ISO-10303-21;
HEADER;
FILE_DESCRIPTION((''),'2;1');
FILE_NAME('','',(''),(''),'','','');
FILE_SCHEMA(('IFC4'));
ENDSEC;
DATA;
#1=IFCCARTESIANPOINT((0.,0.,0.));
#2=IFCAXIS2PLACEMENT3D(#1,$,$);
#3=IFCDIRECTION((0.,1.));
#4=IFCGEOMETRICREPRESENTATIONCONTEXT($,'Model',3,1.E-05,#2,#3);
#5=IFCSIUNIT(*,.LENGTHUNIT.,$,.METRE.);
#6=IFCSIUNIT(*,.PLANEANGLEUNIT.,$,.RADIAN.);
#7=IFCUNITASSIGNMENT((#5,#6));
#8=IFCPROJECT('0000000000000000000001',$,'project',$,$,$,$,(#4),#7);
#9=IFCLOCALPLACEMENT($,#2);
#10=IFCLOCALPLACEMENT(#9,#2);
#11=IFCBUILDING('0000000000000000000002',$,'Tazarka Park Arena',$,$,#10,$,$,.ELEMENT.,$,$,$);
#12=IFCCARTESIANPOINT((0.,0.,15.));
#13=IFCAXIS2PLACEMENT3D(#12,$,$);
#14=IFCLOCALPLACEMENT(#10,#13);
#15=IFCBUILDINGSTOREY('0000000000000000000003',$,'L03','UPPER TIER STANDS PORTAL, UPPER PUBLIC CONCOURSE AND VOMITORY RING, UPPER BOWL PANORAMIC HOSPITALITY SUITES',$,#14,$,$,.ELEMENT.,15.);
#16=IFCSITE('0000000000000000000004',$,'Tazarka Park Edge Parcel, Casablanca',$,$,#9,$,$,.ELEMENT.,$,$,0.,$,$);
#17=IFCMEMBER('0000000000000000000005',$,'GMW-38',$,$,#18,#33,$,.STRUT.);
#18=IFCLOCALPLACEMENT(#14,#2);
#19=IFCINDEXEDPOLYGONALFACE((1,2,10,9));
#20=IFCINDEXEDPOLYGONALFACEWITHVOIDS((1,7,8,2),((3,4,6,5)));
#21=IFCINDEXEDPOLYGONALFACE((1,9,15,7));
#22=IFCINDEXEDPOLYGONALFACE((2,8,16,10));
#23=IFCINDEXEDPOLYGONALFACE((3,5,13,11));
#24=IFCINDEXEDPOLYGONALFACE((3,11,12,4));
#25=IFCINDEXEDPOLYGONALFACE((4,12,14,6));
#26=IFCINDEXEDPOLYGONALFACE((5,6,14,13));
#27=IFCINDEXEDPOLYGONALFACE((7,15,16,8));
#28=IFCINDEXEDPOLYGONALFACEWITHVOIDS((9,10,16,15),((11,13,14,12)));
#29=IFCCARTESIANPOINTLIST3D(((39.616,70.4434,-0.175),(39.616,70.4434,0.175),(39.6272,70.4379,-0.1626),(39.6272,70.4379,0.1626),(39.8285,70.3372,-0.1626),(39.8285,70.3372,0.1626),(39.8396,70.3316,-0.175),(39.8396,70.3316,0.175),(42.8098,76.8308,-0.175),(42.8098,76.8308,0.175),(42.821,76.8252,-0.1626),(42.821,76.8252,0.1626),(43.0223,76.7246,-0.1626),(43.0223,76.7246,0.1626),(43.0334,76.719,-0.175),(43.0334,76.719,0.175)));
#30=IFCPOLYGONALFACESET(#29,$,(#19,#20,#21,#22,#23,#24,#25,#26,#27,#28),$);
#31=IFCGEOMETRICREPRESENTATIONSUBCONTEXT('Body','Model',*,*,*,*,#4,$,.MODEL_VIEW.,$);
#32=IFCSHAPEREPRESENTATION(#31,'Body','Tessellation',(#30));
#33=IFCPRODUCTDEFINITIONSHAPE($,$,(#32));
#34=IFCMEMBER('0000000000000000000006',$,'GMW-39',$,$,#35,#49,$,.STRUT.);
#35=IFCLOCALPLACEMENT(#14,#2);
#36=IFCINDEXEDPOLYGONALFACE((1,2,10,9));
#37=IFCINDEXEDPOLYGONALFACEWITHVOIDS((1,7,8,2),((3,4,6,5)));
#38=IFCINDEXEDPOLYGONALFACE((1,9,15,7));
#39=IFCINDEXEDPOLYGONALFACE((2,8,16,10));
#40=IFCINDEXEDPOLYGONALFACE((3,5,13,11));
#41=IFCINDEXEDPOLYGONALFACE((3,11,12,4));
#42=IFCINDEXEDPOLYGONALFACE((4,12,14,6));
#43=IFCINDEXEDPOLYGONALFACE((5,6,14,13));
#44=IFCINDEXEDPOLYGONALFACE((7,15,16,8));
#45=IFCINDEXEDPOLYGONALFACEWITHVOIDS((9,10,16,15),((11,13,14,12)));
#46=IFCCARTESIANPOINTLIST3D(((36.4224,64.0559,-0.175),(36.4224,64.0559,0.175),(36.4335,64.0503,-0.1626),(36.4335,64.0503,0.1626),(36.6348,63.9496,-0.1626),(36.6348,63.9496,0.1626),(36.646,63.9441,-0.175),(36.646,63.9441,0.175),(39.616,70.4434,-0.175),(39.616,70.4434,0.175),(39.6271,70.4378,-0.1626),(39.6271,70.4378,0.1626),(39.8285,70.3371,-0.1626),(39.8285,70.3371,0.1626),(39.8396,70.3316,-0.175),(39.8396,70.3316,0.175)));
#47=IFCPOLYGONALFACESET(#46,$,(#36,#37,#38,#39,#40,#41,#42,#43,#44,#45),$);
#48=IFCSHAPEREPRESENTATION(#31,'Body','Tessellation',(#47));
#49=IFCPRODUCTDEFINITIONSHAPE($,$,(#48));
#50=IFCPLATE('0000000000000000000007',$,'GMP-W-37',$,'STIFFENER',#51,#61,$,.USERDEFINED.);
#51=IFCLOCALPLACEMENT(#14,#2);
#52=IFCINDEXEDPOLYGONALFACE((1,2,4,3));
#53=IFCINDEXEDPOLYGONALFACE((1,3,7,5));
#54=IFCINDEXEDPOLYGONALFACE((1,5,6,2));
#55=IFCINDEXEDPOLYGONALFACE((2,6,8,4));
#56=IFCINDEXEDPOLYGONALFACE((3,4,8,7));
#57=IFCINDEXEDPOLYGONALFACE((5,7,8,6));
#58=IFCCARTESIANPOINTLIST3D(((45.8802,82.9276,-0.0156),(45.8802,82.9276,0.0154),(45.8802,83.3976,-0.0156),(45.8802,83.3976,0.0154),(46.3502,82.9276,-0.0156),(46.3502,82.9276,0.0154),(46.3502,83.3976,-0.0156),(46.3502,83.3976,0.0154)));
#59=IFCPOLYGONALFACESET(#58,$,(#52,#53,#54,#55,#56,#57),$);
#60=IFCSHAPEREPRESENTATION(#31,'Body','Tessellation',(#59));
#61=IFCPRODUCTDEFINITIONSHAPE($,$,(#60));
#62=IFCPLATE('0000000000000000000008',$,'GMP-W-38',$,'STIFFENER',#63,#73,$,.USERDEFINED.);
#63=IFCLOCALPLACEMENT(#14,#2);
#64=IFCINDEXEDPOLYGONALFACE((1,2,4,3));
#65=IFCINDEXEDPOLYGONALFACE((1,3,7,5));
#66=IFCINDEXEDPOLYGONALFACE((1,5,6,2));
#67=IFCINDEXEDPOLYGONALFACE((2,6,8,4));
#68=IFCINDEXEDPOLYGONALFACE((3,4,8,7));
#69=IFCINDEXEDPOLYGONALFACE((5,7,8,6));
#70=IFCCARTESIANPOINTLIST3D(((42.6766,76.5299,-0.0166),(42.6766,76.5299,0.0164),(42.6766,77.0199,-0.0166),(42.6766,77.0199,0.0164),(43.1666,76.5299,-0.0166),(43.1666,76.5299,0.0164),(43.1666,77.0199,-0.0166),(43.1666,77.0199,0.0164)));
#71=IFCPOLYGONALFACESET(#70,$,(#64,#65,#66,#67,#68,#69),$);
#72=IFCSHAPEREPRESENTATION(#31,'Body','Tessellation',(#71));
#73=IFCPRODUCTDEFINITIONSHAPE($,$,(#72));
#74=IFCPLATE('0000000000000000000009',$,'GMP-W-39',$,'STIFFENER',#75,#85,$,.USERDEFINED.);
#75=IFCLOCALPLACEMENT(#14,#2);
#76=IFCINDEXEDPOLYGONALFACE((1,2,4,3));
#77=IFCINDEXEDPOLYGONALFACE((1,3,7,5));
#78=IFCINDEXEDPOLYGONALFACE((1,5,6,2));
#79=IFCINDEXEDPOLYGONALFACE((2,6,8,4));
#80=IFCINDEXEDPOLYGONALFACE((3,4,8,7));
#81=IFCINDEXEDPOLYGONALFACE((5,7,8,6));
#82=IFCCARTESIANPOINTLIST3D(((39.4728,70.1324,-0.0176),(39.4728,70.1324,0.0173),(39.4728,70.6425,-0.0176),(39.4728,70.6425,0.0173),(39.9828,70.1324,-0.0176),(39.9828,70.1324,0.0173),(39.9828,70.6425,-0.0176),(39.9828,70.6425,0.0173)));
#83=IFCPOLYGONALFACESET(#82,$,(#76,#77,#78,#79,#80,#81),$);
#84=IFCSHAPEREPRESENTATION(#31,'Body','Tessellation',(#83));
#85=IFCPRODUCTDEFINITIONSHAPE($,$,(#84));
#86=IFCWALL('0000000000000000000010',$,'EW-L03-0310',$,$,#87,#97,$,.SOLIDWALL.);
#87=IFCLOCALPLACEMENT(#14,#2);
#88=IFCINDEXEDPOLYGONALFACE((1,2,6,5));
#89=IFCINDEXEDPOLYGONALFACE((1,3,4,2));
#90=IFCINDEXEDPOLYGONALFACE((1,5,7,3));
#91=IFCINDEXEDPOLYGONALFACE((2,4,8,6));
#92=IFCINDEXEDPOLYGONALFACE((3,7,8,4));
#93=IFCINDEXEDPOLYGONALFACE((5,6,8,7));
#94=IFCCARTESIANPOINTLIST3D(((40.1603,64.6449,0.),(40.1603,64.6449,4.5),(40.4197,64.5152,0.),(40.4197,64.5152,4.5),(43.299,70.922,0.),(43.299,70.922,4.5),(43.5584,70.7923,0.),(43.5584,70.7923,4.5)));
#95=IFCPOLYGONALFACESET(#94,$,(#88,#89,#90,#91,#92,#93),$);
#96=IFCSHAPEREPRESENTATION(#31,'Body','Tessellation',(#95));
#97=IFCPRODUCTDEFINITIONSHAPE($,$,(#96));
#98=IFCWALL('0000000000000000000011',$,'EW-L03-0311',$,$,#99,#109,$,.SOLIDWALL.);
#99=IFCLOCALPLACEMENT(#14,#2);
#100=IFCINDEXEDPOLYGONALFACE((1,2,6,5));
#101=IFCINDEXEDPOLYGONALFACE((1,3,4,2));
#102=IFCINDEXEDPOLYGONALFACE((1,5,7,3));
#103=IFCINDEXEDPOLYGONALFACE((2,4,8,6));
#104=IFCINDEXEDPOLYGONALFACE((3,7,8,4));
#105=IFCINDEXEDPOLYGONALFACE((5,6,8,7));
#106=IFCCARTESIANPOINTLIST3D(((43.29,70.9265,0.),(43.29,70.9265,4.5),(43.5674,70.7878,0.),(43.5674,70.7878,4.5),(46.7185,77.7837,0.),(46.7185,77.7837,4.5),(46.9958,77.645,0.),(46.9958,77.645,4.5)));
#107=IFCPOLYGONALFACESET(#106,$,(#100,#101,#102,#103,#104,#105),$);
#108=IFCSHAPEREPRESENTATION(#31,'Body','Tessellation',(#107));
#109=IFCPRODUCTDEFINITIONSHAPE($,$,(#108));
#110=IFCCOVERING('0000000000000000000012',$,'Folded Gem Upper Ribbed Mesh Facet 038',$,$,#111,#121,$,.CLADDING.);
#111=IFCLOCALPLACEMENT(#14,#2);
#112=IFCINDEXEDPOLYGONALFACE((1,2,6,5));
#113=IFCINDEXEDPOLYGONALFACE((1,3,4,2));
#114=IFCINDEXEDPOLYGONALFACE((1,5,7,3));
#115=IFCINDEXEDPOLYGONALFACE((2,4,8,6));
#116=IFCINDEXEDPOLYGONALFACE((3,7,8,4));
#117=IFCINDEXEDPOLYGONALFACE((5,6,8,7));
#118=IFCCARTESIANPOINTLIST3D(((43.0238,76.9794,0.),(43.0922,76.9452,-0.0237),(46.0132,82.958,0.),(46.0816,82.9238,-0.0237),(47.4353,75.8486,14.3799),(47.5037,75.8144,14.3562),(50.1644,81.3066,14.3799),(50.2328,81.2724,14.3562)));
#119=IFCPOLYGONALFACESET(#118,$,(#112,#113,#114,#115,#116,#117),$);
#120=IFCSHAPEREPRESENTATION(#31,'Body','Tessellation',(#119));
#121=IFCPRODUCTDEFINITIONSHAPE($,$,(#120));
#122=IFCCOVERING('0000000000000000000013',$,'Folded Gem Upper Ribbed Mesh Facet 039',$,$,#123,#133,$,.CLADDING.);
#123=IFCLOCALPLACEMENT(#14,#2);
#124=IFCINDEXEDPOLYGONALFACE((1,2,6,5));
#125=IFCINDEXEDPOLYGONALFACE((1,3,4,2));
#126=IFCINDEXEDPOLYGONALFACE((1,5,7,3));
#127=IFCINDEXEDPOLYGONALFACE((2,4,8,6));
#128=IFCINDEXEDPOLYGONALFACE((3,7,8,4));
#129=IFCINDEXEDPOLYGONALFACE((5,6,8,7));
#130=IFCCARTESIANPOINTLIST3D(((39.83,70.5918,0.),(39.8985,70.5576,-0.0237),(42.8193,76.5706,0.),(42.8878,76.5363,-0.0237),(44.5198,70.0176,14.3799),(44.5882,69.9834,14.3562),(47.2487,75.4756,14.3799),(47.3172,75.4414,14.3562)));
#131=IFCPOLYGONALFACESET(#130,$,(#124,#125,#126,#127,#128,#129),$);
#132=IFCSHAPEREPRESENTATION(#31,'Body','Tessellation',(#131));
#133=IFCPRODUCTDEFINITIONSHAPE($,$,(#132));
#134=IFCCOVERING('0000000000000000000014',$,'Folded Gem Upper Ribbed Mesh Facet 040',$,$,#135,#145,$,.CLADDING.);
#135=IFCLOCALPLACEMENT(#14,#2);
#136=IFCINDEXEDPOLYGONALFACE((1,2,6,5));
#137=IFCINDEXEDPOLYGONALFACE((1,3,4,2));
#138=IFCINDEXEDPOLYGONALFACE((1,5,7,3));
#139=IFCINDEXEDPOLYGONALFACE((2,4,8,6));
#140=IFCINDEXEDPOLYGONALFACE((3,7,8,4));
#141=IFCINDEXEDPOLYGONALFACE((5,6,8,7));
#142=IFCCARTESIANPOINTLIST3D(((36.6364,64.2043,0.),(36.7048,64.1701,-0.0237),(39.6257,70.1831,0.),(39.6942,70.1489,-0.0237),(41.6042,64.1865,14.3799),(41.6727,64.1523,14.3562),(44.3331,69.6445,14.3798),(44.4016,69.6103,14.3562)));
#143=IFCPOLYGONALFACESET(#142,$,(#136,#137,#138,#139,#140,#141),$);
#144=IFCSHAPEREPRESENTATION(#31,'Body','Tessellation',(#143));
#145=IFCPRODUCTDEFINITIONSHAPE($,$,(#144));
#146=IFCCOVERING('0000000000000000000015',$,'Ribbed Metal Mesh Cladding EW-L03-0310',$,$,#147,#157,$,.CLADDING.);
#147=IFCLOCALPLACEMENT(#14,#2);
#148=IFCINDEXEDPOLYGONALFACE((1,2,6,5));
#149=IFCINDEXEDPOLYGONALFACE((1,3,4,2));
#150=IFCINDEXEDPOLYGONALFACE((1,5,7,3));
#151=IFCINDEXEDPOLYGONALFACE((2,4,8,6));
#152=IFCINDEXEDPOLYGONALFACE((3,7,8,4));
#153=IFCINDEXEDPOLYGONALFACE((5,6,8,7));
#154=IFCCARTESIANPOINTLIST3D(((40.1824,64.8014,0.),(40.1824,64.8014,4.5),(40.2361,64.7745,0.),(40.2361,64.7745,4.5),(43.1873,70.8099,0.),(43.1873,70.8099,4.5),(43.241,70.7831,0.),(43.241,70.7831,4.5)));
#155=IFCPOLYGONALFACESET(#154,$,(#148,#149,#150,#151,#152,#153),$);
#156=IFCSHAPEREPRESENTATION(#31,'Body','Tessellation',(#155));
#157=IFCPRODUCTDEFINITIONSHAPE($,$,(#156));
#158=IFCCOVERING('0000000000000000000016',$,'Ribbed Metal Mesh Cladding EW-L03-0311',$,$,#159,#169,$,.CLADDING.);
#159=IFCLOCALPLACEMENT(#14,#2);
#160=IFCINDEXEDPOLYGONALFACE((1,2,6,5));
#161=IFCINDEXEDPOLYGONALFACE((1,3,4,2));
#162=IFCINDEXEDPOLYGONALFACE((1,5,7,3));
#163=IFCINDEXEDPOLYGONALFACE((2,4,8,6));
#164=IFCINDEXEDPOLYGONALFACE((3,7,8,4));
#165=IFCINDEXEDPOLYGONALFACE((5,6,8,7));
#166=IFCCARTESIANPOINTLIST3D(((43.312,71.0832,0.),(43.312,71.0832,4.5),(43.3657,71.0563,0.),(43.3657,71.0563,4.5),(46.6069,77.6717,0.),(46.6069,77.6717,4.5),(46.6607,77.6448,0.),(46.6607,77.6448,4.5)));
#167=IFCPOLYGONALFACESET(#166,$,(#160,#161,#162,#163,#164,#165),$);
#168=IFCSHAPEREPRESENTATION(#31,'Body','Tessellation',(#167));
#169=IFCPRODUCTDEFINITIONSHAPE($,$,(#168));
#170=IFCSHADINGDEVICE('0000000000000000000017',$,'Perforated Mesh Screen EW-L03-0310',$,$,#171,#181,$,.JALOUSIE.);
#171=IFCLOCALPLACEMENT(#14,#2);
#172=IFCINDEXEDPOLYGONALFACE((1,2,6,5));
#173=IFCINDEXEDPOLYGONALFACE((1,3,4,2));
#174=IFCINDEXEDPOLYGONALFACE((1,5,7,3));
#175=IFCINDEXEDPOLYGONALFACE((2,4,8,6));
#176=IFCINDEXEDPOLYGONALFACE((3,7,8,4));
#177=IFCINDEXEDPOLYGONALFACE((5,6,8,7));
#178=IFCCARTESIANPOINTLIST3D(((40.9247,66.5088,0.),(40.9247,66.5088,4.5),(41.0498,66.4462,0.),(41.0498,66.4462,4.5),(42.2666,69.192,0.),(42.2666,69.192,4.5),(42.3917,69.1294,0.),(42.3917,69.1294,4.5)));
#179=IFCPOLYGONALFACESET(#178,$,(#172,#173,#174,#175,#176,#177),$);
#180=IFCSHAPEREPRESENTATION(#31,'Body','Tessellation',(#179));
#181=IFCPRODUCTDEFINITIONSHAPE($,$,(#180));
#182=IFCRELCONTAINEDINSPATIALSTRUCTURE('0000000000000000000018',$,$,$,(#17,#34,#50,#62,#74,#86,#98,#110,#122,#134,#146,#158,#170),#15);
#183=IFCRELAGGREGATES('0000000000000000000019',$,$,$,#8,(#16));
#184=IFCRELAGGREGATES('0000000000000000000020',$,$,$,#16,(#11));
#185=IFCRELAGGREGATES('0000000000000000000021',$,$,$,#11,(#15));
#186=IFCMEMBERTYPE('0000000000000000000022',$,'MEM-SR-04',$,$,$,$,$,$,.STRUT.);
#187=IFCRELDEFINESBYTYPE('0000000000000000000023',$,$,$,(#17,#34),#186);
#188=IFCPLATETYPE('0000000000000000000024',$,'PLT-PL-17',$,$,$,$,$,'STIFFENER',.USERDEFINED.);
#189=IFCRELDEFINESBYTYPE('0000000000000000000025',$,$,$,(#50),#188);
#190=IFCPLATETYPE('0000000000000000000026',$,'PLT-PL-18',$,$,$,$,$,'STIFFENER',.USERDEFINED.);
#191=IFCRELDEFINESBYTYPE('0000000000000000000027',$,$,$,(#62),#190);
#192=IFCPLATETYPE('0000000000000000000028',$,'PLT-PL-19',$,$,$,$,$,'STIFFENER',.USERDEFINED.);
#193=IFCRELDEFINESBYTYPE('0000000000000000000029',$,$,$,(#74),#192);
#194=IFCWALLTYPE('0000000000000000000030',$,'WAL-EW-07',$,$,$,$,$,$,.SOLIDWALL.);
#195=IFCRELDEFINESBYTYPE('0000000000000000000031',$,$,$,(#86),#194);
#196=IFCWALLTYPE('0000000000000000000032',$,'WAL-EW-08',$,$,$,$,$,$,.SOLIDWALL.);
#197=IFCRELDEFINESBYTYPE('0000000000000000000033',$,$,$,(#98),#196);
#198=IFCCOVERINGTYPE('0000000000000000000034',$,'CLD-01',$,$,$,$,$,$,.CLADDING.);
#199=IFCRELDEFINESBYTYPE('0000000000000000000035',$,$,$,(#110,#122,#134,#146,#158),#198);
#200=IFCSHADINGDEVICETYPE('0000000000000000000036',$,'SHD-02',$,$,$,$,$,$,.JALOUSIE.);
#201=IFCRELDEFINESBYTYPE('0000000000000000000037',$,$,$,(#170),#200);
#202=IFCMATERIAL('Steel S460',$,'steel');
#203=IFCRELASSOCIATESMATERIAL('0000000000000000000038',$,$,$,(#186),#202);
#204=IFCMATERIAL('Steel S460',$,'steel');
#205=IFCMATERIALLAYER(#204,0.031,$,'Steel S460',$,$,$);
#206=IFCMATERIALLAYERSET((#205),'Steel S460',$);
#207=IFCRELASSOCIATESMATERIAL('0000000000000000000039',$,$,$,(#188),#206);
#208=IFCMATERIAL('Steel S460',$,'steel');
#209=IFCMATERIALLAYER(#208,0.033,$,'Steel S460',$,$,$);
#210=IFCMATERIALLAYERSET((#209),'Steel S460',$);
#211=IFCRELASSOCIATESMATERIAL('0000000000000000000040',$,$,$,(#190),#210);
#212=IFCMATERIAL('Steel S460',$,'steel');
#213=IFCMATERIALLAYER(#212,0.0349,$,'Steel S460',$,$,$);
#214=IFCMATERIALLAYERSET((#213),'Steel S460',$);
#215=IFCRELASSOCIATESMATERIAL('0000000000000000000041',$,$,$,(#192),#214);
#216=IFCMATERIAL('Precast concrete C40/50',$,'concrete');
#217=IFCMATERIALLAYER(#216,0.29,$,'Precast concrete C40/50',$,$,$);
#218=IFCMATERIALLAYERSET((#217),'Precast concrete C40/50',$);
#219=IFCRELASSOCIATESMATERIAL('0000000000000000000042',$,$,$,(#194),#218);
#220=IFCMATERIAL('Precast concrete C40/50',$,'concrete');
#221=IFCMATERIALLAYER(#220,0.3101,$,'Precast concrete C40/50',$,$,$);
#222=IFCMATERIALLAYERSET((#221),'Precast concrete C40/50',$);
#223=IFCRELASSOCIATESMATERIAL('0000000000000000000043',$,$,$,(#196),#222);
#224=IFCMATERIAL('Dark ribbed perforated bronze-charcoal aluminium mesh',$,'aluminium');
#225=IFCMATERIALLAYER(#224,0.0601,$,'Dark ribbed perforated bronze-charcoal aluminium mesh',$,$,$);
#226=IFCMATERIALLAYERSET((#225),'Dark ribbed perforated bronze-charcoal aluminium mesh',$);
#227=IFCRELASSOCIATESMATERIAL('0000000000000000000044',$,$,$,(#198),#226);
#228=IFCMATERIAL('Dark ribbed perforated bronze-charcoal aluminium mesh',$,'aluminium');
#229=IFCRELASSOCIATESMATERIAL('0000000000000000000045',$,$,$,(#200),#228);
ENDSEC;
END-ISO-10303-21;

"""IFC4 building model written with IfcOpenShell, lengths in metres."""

from ifc_helpers import new_model, si_unit, direction, frame, frame_2d, origin, origin_2d, place, context, subcontext, project, spatial, polyline, rectangle, hollow_rectangle, outline, extrude, material, layer, layer_set, material_profile, profile_set, type_object, element, save


model = new_model("IFC4")

# Units and contexts
model_context = context("Model", 3, precision=1e-05, world=origin(), true_north=direction((0.0, 1.0)))
body_context = subcontext(model_context, "Body", "Model", "MODEL_VIEW")
ifc_project = project(units=[si_unit("LENGTHUNIT", "METRE"), si_unit("PLANEANGLEUNIT", "RADIAN")], contexts=[model_context])

# Site, building, storey
site_placement = place(None, origin())
site = spatial("IfcSite", under=ifc_project, at=site_placement, Name="Tazarka Park Edge Parcel, Casablanca", CompositionType="ELEMENT", RefElevation=0.0)
building_placement = place(site_placement, origin())
building = spatial("IfcBuilding", under=site, at=building_placement, Name="Tazarka Park Arena", CompositionType="ELEMENT")
storey_placement = place(building_placement, frame((0.0, 0.0, 15.0)))
storey = spatial("IfcBuildingStorey", under=building, at=storey_placement, Name="L03", Description="UPPER TIER STANDS PORTAL, UPPER PUBLIC CONCOURSE AND VOMITORY RING, UPPER BOWL PANORAMIC HOSPITALITY SUITES", CompositionType="ELEMENT", Elevation=15.0)

# Members
ifc_material_1 = material(Name="Steel S460", Category="steel")
ifc_material_profile_1 = material_profile(ifc_material_1, hollow_rectangle(XDim=0.25, YDim=0.3501, WallThickness=0.0125, at=origin_2d()), Name="Steel S460")
ifc_profile_set_1 = profile_set([ifc_material_profile_1], Name="Steel S460")
member_type_1 = type_object("IfcMemberType", Name="MEM-SR-04", PredefinedType="STRUT", material=ifc_profile_set_1)
for number, where, z_axis, x_axis, name in (
    (1, (42.9216, 76.7749, 0.0), (-0.447227, -0.89442, 0.0), (0.89442, -0.447227, 0.0), "GMW-38"),
    (2, (39.7278, 70.3875, 0.0), (-0.4472, -0.894434, 0.0), (0.894434, -0.4472, 0.0), "GMW-39"),
):
    element("IfcMember", number, at=place(storey_placement, frame(where, z_axis=z_axis, x_axis=x_axis)), inside=storey, type_object=member_type_1, Name=name, PredefinedType="STRUT", context=body_context, shape_type="SweptSolid", body=[
        extrude(hollow_rectangle(XDim=0.25, YDim=0.3501, WallThickness=0.0125, at=origin_2d()), origin(), (0.0, 0.0, 1.0), 7.1414),
    ])

# Plates
ifc_material_2 = material(Name="Steel S460", Category="steel")
ifc_layer_1 = layer(ifc_material_2, 0.031, Name="Steel S460")
ifc_layer_set_1 = layer_set([ifc_layer_1], Name="Steel S460")
plate_type_1 = type_object("IfcPlateType", Name="PLT-PL-17", ElementType="STIFFENER", PredefinedType="USERDEFINED", material=ifc_layer_set_1)
plate_1_placement = place(storey_placement, frame((46.1152, 83.1626, -0.0156), z_axis=(0.0, 0.0, 1.0), x_axis=(1.0, 0.0, 0.0)))
element("IfcPlate", 3, at=plate_1_placement, inside=storey, type_object=plate_type_1, Name="GMP-W-37", ObjectType="STIFFENER", PredefinedType="USERDEFINED", context=body_context, shape_type="SweptSolid", body=[
    extrude(rectangle(XDim=0.47, YDim=0.47, at=origin_2d()), origin(), (0.0, 0.0, 1.0), 0.031),
])
ifc_material_3 = material(Name="Steel S460", Category="steel")
ifc_layer_2 = layer(ifc_material_3, 0.033, Name="Steel S460")
ifc_layer_set_2 = layer_set([ifc_layer_2], Name="Steel S460")
plate_type_2 = type_object("IfcPlateType", Name="PLT-PL-18", ElementType="STIFFENER", PredefinedType="USERDEFINED", material=ifc_layer_set_2)
plate_2_placement = place(storey_placement, frame((42.9216, 76.7749, -0.0166), z_axis=(0.0, 0.0, 1.0), x_axis=(1.0, 0.0, 0.0)))
element("IfcPlate", 4, at=plate_2_placement, inside=storey, type_object=plate_type_2, Name="GMP-W-38", ObjectType="STIFFENER", PredefinedType="USERDEFINED", context=body_context, shape_type="SweptSolid", body=[
    extrude(rectangle(XDim=0.49, YDim=0.49, at=origin_2d()), origin(), (0.0, 0.0, 1.0), 0.033),
])
ifc_material_4 = material(Name="Steel S460", Category="steel")
ifc_layer_3 = layer(ifc_material_4, 0.0349, Name="Steel S460")
ifc_layer_set_3 = layer_set([ifc_layer_3], Name="Steel S460")
plate_type_3 = type_object("IfcPlateType", Name="PLT-PL-19", ElementType="STIFFENER", PredefinedType="USERDEFINED", material=ifc_layer_set_3)
plate_3_placement = place(storey_placement, frame((39.7278, 70.3875, -0.0176), z_axis=(0.0, 0.0, 1.0), x_axis=(1.0, 0.0, 0.0)))
element("IfcPlate", 5, at=plate_3_placement, inside=storey, type_object=plate_type_3, Name="GMP-W-39", ObjectType="STIFFENER", PredefinedType="USERDEFINED", context=body_context, shape_type="SweptSolid", body=[
    extrude(rectangle(XDim=0.51, YDim=0.51, at=origin_2d()), origin(), (0.0, 0.0, 1.0), 0.0349),
])

# Walls
ifc_material_5 = material(Name="Precast concrete C40/50", Category="concrete")
ifc_layer_4 = layer(ifc_material_5, 0.29, Name="Precast concrete C40/50")
ifc_layer_set_4 = layer_set([ifc_layer_4], Name="Precast concrete C40/50")
wall_type_1 = type_object("IfcWallType", Name="WAL-EW-07", PredefinedType="SOLIDWALL", material=ifc_layer_set_4)
wall_1_placement = place(storey_placement, frame((40.29, 64.5801, 0.0), z_axis=(0.0, 0.0, 1.0), x_axis=(0.447228, 0.89442, 0.0)))
element("IfcWall", 6, at=wall_1_placement, inside=storey, type_object=wall_type_1, Name="EW-L03-0310", PredefinedType="SOLIDWALL", context=body_context, shape_type="SweptSolid", body=[
    extrude(rectangle(XDim=7.0181, YDim=0.29, at=frame_2d((3.509, 0.0))), origin(), (0.0, 0.0, 1.0), 4.5),
])
ifc_material_6 = material(Name="Precast concrete C40/50", Category="concrete")
ifc_layer_5 = layer(ifc_material_6, 0.3101, Name="Precast concrete C40/50")
ifc_layer_set_5 = layer_set([ifc_layer_5], Name="Precast concrete C40/50")
wall_type_2 = type_object("IfcWallType", Name="WAL-EW-08", PredefinedType="SOLIDWALL", material=ifc_layer_set_5)
wall_2_placement = place(storey_placement, frame((43.4287, 70.8572, 0.0), z_axis=(0.0, 0.0, 1.0), x_axis=(0.447201, 0.894434, 0.0)))
element("IfcWall", 7, at=wall_2_placement, inside=storey, type_object=wall_type_2, Name="EW-L03-0311", PredefinedType="SOLIDWALL", context=body_context, shape_type="SweptSolid", body=[
    extrude(rectangle(XDim=7.6665, YDim=0.3101, at=frame_2d((3.8333, 0.0))), origin(), (0.0, 0.0, 1.0), 4.5),
])

# Coverings
ifc_material_7 = material(Name="Dark ribbed perforated bronze-charcoal aluminium mesh", Category="aluminium")
ifc_layer_6 = layer(ifc_material_7, 0.0601, Name="Dark ribbed perforated bronze-charcoal aluminium mesh")
ifc_layer_set_6 = layer_set([ifc_layer_6], Name="Dark ribbed perforated bronze-charcoal aluminium mesh")
covering_type = type_object("IfcCoveringType", Name="CLD-01", PredefinedType="CLADDING", material=ifc_layer_set_6)
covering_1_placement = place(storey_placement, frame((46.0132, 82.958, 0.0), z_axis=(-0.854417, 0.427227, 0.295718), x_axis=(-0.44723, -0.894419, -0.000004)))
element("IfcCovering", 8, at=covering_1_placement, inside=storey, type_object=covering_type, Name="Folded Gem Upper Ribbed Mesh Facet 038", PredefinedType="CLADDING", context=body_context, shape_type="SweptSolid", body=[
    extrude(outline(polyline([(0.0, 0.0), (6.6843, 0.0), (5.7227, 15.0532), (-0.3796, 15.0531), (0.0, 0.0)])), origin(), (0.0, 0.0, -1.0), 0.0801),
])
covering_2_placement = place(storey_placement, frame((42.8193, 76.5706, 0.0), z_axis=(-0.854428, 0.427205, 0.295717), x_axis=(-0.447205, -0.894431, 0.000002)))
element("IfcCovering", 9, at=covering_2_placement, inside=storey, type_object=covering_type, Name="Folded Gem Upper Ribbed Mesh Facet 039", PredefinedType="CLADDING", context=body_context, shape_type="SweptSolid", body=[
    extrude(outline(polyline([(0.0, 0.0), (6.6844, 0.0), (5.1008, 15.0531), (-1.0015, 15.0531), (0.0, 0.0)])), origin(), (0.0, 0.0, -1.0), 0.0801),
])
covering_3_placement = place(storey_placement, frame((39.6257, 70.1831, 0.0), z_axis=(-0.85443, 0.427206, 0.29571), x_axis=(-0.447208, -0.89443, -0.000007)))
element("IfcCovering", 10, at=covering_3_placement, inside=storey, type_object=covering_type, Name="Folded Gem Upper Ribbed Mesh Facet 040", PredefinedType="CLADDING", context=body_context, shape_type="SweptSolid", body=[
    extrude(outline(polyline([(0.0, 0.0), (6.6845, 0.0), (4.4786, 15.0531), (-1.6235, 15.053), (0.0, 0.0)])), origin(), (0.0, 0.0, -1.0), 0.0801),
])
covering_4_placement = place(storey_placement, frame((41.7117, 67.7922, 0.0), z_axis=(0.0, 0.0, 1.0), x_axis=(0.447291, 0.894389, 0.0)))
element("IfcCovering", 11, at=covering_4_placement, inside=storey, type_object=covering_type, Name="Ribbed Metal Mesh Cladding EW-L03-0310", PredefinedType="CLADDING", context=body_context, shape_type="SweptSolid", body=[
    extrude(rectangle(XDim=6.718, YDim=0.0601, at=origin_2d()), origin(), (0.0, 0.0, 1.0), 4.5),
])
covering_5_placement = place(storey_placement, frame((44.9863, 74.364, 0.0), z_axis=(0.0, 0.0, 1.0), x_axis=(0.447291, 0.894389, 0.0)))
element("IfcCovering", 12, at=covering_5_placement, inside=storey, type_object=covering_type, Name="Ribbed Metal Mesh Cladding EW-L03-0311", PredefinedType="CLADDING", context=body_context, shape_type="SweptSolid", body=[
    extrude(rectangle(XDim=7.3665, YDim=0.0601, at=origin_2d()), origin(), (0.0, 0.0, 1.0), 4.5),
])

# Shading device
ifc_material_8 = material(Name="Dark ribbed perforated bronze-charcoal aluminium mesh", Category="aluminium")
shading_device_type = type_object("IfcShadingDeviceType", Name="SHD-02", PredefinedType="JALOUSIE", material=ifc_material_8)
shading_device_placement = place(storey_placement, frame((41.6582, 67.8191, 0.0), z_axis=(0.0, 0.0, 1.0), x_axis=(0.447291, 0.894389, 0.0)))
element("IfcShadingDevice", 13, at=shading_device_placement, inside=storey, type_object=shading_device_type, Name="Perforated Mesh Screen EW-L03-0310", PredefinedType="JALOUSIE", context=body_context, shape_type="SweptSolid", body=[
    extrude(rectangle(XDim=3.0, YDim=0.1399, at=origin_2d()), origin(), (0.0, 0.0, 1.0), 4.5),
])

save(model, "model.ifc")
